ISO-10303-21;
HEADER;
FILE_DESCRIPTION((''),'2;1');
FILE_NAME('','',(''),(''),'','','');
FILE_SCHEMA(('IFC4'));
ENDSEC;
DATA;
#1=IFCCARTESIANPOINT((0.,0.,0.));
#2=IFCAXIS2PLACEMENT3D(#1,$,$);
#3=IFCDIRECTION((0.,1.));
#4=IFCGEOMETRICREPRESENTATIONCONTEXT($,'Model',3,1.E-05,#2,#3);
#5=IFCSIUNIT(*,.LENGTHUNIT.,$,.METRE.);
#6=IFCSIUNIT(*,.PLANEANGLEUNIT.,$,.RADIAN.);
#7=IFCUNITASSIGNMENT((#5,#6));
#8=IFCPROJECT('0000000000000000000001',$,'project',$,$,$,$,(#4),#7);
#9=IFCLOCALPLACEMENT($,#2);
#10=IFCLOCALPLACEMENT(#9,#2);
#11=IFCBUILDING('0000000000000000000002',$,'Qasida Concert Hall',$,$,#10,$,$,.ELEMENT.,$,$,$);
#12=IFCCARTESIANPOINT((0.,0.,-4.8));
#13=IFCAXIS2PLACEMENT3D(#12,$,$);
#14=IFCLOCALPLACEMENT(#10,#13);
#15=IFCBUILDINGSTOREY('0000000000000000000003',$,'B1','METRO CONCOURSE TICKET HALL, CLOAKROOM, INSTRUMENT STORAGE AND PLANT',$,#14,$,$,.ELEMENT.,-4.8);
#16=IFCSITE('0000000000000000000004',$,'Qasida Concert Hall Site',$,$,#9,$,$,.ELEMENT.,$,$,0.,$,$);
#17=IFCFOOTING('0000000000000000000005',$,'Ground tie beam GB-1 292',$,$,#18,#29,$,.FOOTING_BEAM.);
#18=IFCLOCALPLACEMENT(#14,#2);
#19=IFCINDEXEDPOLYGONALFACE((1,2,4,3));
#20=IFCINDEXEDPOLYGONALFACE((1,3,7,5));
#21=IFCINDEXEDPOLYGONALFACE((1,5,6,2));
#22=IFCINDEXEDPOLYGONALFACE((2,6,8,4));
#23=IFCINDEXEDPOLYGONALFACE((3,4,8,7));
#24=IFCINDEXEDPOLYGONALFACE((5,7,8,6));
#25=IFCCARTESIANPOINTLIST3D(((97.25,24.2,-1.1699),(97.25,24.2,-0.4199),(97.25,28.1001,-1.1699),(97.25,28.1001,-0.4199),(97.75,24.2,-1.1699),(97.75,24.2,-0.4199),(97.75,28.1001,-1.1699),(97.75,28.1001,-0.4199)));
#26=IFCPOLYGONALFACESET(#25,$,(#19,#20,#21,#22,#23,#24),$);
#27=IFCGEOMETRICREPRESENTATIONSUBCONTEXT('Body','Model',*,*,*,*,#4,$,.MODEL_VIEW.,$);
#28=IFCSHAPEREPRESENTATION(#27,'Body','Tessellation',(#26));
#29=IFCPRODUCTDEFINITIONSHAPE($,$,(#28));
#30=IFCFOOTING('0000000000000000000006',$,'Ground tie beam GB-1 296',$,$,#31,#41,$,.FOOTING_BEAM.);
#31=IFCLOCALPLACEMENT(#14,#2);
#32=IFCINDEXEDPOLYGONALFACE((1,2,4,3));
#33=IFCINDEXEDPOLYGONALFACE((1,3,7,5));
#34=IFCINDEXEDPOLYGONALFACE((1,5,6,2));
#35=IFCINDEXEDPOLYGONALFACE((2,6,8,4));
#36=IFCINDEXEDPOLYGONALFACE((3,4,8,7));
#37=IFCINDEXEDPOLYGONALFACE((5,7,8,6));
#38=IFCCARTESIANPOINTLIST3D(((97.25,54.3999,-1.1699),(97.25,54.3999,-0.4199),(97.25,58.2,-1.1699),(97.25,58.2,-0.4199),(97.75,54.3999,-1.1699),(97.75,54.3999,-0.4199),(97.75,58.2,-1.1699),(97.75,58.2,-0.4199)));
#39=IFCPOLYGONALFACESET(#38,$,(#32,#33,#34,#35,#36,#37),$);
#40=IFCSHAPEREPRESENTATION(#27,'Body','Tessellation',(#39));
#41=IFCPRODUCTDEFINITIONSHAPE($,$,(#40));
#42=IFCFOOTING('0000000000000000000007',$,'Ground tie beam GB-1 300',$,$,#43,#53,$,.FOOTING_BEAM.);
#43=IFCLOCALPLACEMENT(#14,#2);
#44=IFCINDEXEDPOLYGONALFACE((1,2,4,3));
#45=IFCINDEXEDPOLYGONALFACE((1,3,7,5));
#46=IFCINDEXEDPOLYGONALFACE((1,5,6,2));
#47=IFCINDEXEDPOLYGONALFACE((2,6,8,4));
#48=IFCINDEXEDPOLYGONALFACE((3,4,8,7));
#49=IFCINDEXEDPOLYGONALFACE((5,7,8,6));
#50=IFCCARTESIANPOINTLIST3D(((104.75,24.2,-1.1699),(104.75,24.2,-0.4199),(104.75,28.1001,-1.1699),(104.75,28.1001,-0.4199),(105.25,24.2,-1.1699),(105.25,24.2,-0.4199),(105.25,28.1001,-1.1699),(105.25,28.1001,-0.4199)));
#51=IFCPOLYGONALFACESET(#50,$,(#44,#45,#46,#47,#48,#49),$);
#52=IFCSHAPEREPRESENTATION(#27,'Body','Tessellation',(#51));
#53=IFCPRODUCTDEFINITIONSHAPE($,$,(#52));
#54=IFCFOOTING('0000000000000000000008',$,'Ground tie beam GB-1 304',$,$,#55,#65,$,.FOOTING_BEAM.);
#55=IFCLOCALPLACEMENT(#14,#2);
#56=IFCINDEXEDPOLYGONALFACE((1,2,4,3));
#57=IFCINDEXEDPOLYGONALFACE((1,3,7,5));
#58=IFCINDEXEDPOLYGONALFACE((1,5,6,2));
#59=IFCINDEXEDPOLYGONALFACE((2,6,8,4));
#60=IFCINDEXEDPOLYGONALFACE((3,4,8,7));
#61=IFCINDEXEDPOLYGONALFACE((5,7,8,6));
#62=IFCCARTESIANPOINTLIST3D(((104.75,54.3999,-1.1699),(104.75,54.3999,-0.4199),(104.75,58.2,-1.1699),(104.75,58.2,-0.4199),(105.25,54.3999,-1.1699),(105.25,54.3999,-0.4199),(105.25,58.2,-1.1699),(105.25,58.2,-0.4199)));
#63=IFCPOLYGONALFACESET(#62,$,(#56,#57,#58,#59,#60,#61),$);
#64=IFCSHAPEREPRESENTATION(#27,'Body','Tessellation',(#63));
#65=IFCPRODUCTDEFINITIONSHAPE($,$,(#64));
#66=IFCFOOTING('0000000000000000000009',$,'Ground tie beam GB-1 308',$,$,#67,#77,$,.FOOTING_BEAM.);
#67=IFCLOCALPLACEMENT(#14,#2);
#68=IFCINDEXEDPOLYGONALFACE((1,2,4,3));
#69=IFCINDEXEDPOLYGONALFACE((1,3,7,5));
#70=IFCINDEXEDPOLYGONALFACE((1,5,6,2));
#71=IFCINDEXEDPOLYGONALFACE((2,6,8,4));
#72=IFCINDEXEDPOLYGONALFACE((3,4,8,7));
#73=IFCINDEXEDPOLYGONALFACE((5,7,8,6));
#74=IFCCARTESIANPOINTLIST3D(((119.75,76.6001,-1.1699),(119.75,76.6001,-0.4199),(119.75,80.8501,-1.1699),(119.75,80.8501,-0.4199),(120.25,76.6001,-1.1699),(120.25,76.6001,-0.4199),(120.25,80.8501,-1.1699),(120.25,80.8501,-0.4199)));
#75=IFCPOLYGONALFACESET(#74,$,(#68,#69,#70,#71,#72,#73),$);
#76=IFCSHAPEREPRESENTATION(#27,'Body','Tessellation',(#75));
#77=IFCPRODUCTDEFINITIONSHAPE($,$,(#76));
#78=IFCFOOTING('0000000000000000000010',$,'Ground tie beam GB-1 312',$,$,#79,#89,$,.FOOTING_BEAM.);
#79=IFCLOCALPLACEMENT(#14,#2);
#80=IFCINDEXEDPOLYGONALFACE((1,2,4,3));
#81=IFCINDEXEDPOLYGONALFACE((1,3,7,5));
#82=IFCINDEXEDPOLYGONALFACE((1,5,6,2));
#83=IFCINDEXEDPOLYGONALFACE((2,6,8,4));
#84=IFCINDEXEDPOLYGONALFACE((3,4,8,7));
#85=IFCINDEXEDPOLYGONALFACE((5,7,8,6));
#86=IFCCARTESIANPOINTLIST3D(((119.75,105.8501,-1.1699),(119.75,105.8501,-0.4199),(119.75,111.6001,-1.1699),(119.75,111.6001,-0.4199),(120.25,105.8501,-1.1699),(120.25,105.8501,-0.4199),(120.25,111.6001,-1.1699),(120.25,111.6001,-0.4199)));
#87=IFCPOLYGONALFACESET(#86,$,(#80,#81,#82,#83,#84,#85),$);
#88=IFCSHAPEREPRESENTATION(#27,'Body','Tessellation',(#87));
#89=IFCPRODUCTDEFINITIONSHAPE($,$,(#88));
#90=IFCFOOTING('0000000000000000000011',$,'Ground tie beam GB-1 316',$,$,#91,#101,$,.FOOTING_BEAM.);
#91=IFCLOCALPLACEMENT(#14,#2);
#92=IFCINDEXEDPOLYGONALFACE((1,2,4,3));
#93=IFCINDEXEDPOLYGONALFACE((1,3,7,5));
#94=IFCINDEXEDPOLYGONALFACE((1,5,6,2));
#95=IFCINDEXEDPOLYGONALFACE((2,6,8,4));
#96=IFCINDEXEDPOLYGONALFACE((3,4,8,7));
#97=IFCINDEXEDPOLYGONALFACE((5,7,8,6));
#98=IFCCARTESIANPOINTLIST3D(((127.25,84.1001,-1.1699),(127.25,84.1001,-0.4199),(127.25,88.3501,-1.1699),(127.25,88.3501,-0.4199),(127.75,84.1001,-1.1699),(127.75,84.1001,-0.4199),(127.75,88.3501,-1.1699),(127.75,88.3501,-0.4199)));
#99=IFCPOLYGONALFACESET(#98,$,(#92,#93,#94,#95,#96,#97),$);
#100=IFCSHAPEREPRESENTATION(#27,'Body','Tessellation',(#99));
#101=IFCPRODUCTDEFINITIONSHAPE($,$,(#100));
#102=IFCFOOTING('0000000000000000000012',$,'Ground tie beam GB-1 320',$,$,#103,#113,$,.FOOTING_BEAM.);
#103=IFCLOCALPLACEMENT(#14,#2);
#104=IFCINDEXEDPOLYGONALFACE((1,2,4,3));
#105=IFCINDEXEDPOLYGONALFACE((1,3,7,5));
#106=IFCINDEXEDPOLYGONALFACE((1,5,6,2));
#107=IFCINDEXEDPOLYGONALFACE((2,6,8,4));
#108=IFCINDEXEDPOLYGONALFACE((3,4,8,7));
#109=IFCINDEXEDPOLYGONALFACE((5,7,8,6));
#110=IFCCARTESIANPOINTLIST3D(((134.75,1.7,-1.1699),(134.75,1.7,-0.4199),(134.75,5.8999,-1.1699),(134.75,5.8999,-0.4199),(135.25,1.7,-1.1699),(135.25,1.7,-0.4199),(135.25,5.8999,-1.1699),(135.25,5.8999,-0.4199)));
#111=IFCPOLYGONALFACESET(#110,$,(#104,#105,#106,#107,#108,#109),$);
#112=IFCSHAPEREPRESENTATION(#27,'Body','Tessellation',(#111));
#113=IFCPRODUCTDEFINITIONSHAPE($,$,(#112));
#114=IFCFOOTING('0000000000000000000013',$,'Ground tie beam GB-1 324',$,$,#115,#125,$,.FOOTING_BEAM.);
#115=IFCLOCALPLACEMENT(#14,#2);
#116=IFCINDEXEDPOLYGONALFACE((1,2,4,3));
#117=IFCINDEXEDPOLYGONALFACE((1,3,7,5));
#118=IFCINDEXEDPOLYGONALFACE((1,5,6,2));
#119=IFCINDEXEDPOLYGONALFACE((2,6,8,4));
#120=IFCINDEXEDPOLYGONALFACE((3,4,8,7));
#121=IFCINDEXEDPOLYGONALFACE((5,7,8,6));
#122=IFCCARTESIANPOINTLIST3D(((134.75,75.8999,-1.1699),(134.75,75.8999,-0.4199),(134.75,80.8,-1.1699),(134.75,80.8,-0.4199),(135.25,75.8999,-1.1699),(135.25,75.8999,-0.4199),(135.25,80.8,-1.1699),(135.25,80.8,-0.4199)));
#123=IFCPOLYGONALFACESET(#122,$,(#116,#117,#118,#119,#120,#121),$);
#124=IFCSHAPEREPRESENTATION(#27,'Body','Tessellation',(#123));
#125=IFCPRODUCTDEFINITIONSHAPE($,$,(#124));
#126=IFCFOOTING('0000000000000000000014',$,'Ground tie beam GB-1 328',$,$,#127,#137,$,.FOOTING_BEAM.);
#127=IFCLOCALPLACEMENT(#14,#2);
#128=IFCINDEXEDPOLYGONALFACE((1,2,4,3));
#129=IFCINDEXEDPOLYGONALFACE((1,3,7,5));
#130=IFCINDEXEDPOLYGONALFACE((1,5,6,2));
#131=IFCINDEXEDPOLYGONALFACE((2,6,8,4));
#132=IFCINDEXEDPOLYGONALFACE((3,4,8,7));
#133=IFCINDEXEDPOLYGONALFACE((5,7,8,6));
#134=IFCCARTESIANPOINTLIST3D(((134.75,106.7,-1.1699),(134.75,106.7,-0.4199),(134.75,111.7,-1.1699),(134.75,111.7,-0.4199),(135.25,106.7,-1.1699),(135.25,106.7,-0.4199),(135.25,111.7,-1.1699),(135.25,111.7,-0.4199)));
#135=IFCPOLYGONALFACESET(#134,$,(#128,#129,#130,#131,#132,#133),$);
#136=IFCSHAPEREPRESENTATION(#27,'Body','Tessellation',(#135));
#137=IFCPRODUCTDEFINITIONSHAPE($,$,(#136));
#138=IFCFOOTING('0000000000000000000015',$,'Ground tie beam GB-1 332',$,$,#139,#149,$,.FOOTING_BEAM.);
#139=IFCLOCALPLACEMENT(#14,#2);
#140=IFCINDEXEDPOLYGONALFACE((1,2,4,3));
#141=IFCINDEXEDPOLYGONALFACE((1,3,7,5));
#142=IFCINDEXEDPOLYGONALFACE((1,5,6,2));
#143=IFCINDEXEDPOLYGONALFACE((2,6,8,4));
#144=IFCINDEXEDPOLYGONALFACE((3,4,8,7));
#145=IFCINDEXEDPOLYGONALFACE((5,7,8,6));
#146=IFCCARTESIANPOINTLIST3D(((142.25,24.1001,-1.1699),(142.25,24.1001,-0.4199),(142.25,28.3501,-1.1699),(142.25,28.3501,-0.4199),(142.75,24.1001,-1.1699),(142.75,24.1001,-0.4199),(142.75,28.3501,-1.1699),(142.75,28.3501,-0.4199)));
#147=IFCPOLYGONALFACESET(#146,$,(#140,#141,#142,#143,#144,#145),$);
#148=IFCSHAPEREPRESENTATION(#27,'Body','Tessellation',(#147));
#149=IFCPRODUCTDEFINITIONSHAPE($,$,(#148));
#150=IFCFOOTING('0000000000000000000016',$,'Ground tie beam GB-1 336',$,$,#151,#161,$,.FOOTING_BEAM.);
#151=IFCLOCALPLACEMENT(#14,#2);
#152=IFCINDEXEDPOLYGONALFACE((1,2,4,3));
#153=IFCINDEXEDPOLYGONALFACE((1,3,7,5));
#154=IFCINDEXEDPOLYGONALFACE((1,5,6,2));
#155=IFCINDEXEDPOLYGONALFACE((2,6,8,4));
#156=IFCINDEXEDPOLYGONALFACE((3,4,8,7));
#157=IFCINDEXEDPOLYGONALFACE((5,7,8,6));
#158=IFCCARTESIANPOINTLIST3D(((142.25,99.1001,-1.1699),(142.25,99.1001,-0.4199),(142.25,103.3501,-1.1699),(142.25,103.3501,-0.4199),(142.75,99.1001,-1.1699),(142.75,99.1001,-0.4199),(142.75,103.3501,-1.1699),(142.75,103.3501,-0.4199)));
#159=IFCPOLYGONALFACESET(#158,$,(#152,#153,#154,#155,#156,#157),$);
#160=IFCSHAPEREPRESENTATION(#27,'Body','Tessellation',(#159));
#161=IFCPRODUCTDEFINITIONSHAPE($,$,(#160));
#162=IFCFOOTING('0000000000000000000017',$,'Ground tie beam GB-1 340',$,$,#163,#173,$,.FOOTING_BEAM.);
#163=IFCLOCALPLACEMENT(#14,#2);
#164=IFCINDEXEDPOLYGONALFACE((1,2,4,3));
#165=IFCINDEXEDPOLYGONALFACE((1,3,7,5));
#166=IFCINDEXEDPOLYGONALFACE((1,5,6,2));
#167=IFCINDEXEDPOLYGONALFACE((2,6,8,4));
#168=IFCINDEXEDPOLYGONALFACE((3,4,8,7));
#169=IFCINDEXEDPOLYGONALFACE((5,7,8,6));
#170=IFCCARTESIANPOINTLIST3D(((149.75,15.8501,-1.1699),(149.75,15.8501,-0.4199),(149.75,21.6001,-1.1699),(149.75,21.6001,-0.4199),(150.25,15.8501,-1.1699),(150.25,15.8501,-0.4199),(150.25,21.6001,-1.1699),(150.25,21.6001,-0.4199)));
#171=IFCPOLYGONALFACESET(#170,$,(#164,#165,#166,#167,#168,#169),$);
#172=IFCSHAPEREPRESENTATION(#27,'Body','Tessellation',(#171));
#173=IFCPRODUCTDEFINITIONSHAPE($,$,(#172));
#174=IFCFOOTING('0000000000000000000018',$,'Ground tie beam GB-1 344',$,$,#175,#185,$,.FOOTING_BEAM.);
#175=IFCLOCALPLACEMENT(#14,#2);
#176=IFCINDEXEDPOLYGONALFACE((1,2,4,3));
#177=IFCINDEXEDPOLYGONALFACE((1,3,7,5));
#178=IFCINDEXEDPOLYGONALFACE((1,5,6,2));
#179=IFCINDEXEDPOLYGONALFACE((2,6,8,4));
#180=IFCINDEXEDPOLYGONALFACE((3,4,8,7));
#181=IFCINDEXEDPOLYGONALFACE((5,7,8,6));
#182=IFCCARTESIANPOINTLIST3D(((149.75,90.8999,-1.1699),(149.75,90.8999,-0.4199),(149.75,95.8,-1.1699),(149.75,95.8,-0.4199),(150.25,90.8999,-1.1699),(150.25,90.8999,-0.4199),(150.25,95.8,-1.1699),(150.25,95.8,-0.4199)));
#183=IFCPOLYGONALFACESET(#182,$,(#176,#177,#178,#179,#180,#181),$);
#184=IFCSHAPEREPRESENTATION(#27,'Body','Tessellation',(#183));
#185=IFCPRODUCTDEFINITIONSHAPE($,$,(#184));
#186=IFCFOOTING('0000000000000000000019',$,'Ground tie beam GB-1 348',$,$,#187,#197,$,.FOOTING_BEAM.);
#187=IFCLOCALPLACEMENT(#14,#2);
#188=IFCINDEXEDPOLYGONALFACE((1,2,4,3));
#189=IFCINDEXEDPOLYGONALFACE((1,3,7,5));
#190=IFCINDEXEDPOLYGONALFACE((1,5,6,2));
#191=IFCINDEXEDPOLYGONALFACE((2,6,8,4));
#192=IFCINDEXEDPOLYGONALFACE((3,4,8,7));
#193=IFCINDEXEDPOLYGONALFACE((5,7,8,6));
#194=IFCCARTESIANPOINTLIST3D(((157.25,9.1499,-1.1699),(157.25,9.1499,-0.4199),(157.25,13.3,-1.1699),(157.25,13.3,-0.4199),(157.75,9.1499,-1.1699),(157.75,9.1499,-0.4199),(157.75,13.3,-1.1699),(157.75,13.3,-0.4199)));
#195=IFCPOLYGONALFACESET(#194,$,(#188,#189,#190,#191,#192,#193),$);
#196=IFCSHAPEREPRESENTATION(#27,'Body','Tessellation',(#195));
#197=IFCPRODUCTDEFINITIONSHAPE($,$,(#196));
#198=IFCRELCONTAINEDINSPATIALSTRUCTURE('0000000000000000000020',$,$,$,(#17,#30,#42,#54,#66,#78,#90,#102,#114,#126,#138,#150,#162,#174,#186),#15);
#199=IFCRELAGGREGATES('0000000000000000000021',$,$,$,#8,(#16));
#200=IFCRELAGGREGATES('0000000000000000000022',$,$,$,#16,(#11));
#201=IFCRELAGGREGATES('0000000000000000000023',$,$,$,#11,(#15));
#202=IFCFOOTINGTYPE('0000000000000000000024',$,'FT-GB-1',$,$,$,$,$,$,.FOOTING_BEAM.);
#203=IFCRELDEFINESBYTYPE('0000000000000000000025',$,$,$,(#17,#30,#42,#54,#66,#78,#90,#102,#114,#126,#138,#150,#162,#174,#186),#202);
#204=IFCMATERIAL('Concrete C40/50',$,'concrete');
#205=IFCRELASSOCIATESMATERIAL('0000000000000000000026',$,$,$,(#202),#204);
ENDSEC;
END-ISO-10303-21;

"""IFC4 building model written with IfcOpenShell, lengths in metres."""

from ifc_helpers import new_model, si_unit, direction, frame, origin, place, context, subcontext, project, spatial, polyline, outline, extrude, material, type_object, element, save


model = new_model("IFC4")

# Units and contexts
model_context = context("Model", 3, precision=1e-05, world=origin(), true_north=direction((0.0, 1.0)))
body_context = subcontext(model_context, "Body", "Model", "MODEL_VIEW")
ifc_project = project(units=[si_unit("LENGTHUNIT", "METRE"), si_unit("PLANEANGLEUNIT", "RADIAN")], contexts=[model_context])

# Site, building, storey
site_placement = place(None, origin())
site = spatial("IfcSite", under=ifc_project, at=site_placement, Name="Qasida Concert Hall Site", CompositionType="ELEMENT", RefElevation=0.0)
building_placement = place(site_placement, origin())
building = spatial("IfcBuilding", under=site, at=building_placement, Name="Qasida Concert Hall", CompositionType="ELEMENT")
storey_placement = place(building_placement, frame((0.0, 0.0, -4.8)))
storey = spatial("IfcBuildingStorey", under=building, at=storey_placement, Name="B1", Description="METRO CONCOURSE TICKET HALL, CLOAKROOM, INSTRUMENT STORAGE AND PLANT", CompositionType="ELEMENT", Elevation=-4.8)

# Footings
ifc_material_1 = material(Name="Concrete C40/50", Category="concrete")
footing_type_1 = type_object("IfcFootingType", Name="FT-GB-1", PredefinedType="FOOTING_BEAM", material=ifc_material_1)
footing_1_placement = place(storey_placement, frame((0.0, 0.0, -1.1699)))
element("IfcFooting", 1, at=footing_1_placement, inside=storey, type_object=footing_type_1, Name="Ground tie beam GB-1 292", PredefinedType="FOOTING_BEAM", context=body_context, shape_type="SweptSolid", body=[
    extrude(outline(polyline([(97.25, 24.2), (97.75, 24.2), (97.75, 28.1001), (97.25, 28.1001), (97.25, 24.2)])), origin(), (0.0, 0.0, 1.0), 0.75),
])
footing_2_placement = place(storey_placement, frame((0.0, 0.0, -1.1699)))
element("IfcFooting", 2, at=footing_2_placement, inside=storey, type_object=footing_type_1, Name="Ground tie beam GB-1 296", PredefinedType="FOOTING_BEAM", context=body_context, shape_type="SweptSolid", body=[
    extrude(outline(polyline([(97.25, 54.3999), (97.75, 54.3999), (97.75, 58.2), (97.25, 58.2), (97.25, 54.3999)])), origin(), (0.0, 0.0, 1.0), 0.75),
])
footing_3_placement = place(storey_placement, frame((0.0, 0.0, -1.1699)))
element("IfcFooting", 3, at=footing_3_placement, inside=storey, type_object=footing_type_1, Name="Ground tie beam GB-1 300", PredefinedType="FOOTING_BEAM", context=body_context, shape_type="SweptSolid", body=[
    extrude(outline(polyline([(104.75, 24.2), (105.25, 24.2), (105.25, 28.1001), (104.75, 28.1001), (104.75, 24.2)])), origin(), (0.0, 0.0, 1.0), 0.75),
])
footing_4_placement = place(storey_placement, frame((0.0, 0.0, -1.1699)))
element("IfcFooting", 4, at=footing_4_placement, inside=storey, type_object=footing_type_1, Name="Ground tie beam GB-1 304", PredefinedType="FOOTING_BEAM", context=body_context, shape_type="SweptSolid", body=[
    extrude(outline(polyline([(104.75, 54.3999), (105.25, 54.3999), (105.25, 58.2), (104.75, 58.2), (104.75, 54.3999)])), origin(), (0.0, 0.0, 1.0), 0.75),
])
footing_5_placement = place(storey_placement, frame((0.0, 0.0, -1.1699)))
element("IfcFooting", 5, at=footing_5_placement, inside=storey, type_object=footing_type_1, Name="Ground tie beam GB-1 308", PredefinedType="FOOTING_BEAM", context=body_context, shape_type="SweptSolid", body=[
    extrude(outline(polyline([(119.75, 76.6001), (120.25, 76.6001), (120.25, 80.8501), (119.75, 80.8501), (119.75, 76.6001)])), origin(), (0.0, 0.0, 1.0), 0.75),
])
footing_6_placement = place(storey_placement, frame((0.0, 0.0, -1.1699)))
element("IfcFooting", 6, at=footing_6_placement, inside=storey, type_object=footing_type_1, Name="Ground tie beam GB-1 312", PredefinedType="FOOTING_BEAM", context=body_context, shape_type="SweptSolid", body=[
    extrude(outline(polyline([(119.75, 105.8501), (120.25, 105.8501), (120.25, 111.6001), (119.75, 111.6001), (119.75, 105.8501)])), origin(), (0.0, 0.0, 1.0), 0.75),
])
footing_7_placement = place(storey_placement, frame((0.0, 0.0, -1.1699)))
element("IfcFooting", 7, at=footing_7_placement, inside=storey, type_object=footing_type_1, Name="Ground tie beam GB-1 316", PredefinedType="FOOTING_BEAM", context=body_context, shape_type="SweptSolid", body=[
    extrude(outline(polyline([(127.25, 84.1001), (127.75, 84.1001), (127.75, 88.3501), (127.25, 88.3501), (127.25, 84.1001)])), origin(), (0.0, 0.0, 1.0), 0.75),
])
footing_8_placement = place(storey_placement, frame((0.0, 0.0, -1.1699)))
element("IfcFooting", 8, at=footing_8_placement, inside=storey, type_object=footing_type_1, Name="Ground tie beam GB-1 320", PredefinedType="FOOTING_BEAM", context=body_context, shape_type="SweptSolid", body=[
    extrude(outline(polyline([(134.75, 1.7), (135.25, 1.7), (135.25, 5.8999), (134.75, 5.8999), (134.75, 1.7)])), origin(), (0.0, 0.0, 1.0), 0.75),
])
footing_9_placement = place(storey_placement, frame((0.0, 0.0, -1.1699)))
element("IfcFooting", 9, at=footing_9_placement, inside=storey, type_object=footing_type_1, Name="Ground tie beam GB-1 324", PredefinedType="FOOTING_BEAM", context=body_context, shape_type="SweptSolid", body=[
    extrude(outline(polyline([(134.75, 75.8999), (135.25, 75.8999), (135.25, 80.8), (134.75, 80.8), (134.75, 75.8999)])), origin(), (0.0, 0.0, 1.0), 0.75),
])
footing_10_placement = place(storey_placement, frame((0.0, 0.0, -1.1699)))
element("IfcFooting", 10, at=footing_10_placement, inside=storey, type_object=footing_type_1, Name="Ground tie beam GB-1 328", PredefinedType="FOOTING_BEAM", context=body_context, shape_type="SweptSolid", body=[
    extrude(outline(polyline([(134.75, 106.7), (135.25, 106.7), (135.25, 111.7), (134.75, 111.7), (134.75, 106.7)])), origin(), (0.0, 0.0, 1.0), 0.75),
])
footing_11_placement = place(storey_placement, frame((0.0, 0.0, -1.1699)))
element("IfcFooting", 11, at=footing_11_placement, inside=storey, type_object=footing_type_1, Name="Ground tie beam GB-1 332", PredefinedType="FOOTING_BEAM", context=body_context, shape_type="SweptSolid", body=[
    extrude(outline(polyline([(142.25, 24.1001), (142.75, 24.1001), (142.75, 28.3501), (142.25, 28.3501), (142.25, 24.1001)])), origin(), (0.0, 0.0, 1.0), 0.75),
])
footing_12_placement = place(storey_placement, frame((0.0, 0.0, -1.1699)))
element("IfcFooting", 12, at=footing_12_placement, inside=storey, type_object=footing_type_1, Name="Ground tie beam GB-1 336", PredefinedType="FOOTING_BEAM", context=body_context, shape_type="SweptSolid", body=[
    extrude(outline(polyline([(142.25, 99.1001), (142.75, 99.1001), (142.75, 103.3501), (142.25, 103.3501), (142.25, 99.1001)])), origin(), (0.0, 0.0, 1.0), 0.75),
])
footing_13_placement = place(storey_placement, frame((0.0, 0.0, -1.1699)))
element("IfcFooting", 13, at=footing_13_placement, inside=storey, type_object=footing_type_1, Name="Ground tie beam GB-1 340", PredefinedType="FOOTING_BEAM", context=body_context, shape_type="SweptSolid", body=[
    extrude(outline(polyline([(149.75, 15.8501), (150.25, 15.8501), (150.25, 21.6001), (149.75, 21.6001), (149.75, 15.8501)])), origin(), (0.0, 0.0, 1.0), 0.75),
])
footing_14_placement = place(storey_placement, frame((0.0, 0.0, -1.1699)))
element("IfcFooting", 14, at=footing_14_placement, inside=storey, type_object=footing_type_1, Name="Ground tie beam GB-1 344", PredefinedType="FOOTING_BEAM", context=body_context, shape_type="SweptSolid", body=[
    extrude(outline(polyline([(149.75, 90.8999), (150.25, 90.8999), (150.25, 95.8), (149.75, 95.8), (149.75, 90.8999)])), origin(), (0.0, 0.0, 1.0), 0.75),
])
footing_15_placement = place(storey_placement, frame((0.0, 0.0, -1.1699)))
element("IfcFooting", 15, at=footing_15_placement, inside=storey, type_object=footing_type_1, Name="Ground tie beam GB-1 348", PredefinedType="FOOTING_BEAM", context=body_context, shape_type="SweptSolid", body=[
    extrude(outline(polyline([(157.25, 9.1499), (157.75, 9.1499), (157.75, 13.3), (157.25, 13.3), (157.25, 9.1499)])), origin(), (0.0, 0.0, 1.0), 0.75),
])

save(model, "model.ifc")
